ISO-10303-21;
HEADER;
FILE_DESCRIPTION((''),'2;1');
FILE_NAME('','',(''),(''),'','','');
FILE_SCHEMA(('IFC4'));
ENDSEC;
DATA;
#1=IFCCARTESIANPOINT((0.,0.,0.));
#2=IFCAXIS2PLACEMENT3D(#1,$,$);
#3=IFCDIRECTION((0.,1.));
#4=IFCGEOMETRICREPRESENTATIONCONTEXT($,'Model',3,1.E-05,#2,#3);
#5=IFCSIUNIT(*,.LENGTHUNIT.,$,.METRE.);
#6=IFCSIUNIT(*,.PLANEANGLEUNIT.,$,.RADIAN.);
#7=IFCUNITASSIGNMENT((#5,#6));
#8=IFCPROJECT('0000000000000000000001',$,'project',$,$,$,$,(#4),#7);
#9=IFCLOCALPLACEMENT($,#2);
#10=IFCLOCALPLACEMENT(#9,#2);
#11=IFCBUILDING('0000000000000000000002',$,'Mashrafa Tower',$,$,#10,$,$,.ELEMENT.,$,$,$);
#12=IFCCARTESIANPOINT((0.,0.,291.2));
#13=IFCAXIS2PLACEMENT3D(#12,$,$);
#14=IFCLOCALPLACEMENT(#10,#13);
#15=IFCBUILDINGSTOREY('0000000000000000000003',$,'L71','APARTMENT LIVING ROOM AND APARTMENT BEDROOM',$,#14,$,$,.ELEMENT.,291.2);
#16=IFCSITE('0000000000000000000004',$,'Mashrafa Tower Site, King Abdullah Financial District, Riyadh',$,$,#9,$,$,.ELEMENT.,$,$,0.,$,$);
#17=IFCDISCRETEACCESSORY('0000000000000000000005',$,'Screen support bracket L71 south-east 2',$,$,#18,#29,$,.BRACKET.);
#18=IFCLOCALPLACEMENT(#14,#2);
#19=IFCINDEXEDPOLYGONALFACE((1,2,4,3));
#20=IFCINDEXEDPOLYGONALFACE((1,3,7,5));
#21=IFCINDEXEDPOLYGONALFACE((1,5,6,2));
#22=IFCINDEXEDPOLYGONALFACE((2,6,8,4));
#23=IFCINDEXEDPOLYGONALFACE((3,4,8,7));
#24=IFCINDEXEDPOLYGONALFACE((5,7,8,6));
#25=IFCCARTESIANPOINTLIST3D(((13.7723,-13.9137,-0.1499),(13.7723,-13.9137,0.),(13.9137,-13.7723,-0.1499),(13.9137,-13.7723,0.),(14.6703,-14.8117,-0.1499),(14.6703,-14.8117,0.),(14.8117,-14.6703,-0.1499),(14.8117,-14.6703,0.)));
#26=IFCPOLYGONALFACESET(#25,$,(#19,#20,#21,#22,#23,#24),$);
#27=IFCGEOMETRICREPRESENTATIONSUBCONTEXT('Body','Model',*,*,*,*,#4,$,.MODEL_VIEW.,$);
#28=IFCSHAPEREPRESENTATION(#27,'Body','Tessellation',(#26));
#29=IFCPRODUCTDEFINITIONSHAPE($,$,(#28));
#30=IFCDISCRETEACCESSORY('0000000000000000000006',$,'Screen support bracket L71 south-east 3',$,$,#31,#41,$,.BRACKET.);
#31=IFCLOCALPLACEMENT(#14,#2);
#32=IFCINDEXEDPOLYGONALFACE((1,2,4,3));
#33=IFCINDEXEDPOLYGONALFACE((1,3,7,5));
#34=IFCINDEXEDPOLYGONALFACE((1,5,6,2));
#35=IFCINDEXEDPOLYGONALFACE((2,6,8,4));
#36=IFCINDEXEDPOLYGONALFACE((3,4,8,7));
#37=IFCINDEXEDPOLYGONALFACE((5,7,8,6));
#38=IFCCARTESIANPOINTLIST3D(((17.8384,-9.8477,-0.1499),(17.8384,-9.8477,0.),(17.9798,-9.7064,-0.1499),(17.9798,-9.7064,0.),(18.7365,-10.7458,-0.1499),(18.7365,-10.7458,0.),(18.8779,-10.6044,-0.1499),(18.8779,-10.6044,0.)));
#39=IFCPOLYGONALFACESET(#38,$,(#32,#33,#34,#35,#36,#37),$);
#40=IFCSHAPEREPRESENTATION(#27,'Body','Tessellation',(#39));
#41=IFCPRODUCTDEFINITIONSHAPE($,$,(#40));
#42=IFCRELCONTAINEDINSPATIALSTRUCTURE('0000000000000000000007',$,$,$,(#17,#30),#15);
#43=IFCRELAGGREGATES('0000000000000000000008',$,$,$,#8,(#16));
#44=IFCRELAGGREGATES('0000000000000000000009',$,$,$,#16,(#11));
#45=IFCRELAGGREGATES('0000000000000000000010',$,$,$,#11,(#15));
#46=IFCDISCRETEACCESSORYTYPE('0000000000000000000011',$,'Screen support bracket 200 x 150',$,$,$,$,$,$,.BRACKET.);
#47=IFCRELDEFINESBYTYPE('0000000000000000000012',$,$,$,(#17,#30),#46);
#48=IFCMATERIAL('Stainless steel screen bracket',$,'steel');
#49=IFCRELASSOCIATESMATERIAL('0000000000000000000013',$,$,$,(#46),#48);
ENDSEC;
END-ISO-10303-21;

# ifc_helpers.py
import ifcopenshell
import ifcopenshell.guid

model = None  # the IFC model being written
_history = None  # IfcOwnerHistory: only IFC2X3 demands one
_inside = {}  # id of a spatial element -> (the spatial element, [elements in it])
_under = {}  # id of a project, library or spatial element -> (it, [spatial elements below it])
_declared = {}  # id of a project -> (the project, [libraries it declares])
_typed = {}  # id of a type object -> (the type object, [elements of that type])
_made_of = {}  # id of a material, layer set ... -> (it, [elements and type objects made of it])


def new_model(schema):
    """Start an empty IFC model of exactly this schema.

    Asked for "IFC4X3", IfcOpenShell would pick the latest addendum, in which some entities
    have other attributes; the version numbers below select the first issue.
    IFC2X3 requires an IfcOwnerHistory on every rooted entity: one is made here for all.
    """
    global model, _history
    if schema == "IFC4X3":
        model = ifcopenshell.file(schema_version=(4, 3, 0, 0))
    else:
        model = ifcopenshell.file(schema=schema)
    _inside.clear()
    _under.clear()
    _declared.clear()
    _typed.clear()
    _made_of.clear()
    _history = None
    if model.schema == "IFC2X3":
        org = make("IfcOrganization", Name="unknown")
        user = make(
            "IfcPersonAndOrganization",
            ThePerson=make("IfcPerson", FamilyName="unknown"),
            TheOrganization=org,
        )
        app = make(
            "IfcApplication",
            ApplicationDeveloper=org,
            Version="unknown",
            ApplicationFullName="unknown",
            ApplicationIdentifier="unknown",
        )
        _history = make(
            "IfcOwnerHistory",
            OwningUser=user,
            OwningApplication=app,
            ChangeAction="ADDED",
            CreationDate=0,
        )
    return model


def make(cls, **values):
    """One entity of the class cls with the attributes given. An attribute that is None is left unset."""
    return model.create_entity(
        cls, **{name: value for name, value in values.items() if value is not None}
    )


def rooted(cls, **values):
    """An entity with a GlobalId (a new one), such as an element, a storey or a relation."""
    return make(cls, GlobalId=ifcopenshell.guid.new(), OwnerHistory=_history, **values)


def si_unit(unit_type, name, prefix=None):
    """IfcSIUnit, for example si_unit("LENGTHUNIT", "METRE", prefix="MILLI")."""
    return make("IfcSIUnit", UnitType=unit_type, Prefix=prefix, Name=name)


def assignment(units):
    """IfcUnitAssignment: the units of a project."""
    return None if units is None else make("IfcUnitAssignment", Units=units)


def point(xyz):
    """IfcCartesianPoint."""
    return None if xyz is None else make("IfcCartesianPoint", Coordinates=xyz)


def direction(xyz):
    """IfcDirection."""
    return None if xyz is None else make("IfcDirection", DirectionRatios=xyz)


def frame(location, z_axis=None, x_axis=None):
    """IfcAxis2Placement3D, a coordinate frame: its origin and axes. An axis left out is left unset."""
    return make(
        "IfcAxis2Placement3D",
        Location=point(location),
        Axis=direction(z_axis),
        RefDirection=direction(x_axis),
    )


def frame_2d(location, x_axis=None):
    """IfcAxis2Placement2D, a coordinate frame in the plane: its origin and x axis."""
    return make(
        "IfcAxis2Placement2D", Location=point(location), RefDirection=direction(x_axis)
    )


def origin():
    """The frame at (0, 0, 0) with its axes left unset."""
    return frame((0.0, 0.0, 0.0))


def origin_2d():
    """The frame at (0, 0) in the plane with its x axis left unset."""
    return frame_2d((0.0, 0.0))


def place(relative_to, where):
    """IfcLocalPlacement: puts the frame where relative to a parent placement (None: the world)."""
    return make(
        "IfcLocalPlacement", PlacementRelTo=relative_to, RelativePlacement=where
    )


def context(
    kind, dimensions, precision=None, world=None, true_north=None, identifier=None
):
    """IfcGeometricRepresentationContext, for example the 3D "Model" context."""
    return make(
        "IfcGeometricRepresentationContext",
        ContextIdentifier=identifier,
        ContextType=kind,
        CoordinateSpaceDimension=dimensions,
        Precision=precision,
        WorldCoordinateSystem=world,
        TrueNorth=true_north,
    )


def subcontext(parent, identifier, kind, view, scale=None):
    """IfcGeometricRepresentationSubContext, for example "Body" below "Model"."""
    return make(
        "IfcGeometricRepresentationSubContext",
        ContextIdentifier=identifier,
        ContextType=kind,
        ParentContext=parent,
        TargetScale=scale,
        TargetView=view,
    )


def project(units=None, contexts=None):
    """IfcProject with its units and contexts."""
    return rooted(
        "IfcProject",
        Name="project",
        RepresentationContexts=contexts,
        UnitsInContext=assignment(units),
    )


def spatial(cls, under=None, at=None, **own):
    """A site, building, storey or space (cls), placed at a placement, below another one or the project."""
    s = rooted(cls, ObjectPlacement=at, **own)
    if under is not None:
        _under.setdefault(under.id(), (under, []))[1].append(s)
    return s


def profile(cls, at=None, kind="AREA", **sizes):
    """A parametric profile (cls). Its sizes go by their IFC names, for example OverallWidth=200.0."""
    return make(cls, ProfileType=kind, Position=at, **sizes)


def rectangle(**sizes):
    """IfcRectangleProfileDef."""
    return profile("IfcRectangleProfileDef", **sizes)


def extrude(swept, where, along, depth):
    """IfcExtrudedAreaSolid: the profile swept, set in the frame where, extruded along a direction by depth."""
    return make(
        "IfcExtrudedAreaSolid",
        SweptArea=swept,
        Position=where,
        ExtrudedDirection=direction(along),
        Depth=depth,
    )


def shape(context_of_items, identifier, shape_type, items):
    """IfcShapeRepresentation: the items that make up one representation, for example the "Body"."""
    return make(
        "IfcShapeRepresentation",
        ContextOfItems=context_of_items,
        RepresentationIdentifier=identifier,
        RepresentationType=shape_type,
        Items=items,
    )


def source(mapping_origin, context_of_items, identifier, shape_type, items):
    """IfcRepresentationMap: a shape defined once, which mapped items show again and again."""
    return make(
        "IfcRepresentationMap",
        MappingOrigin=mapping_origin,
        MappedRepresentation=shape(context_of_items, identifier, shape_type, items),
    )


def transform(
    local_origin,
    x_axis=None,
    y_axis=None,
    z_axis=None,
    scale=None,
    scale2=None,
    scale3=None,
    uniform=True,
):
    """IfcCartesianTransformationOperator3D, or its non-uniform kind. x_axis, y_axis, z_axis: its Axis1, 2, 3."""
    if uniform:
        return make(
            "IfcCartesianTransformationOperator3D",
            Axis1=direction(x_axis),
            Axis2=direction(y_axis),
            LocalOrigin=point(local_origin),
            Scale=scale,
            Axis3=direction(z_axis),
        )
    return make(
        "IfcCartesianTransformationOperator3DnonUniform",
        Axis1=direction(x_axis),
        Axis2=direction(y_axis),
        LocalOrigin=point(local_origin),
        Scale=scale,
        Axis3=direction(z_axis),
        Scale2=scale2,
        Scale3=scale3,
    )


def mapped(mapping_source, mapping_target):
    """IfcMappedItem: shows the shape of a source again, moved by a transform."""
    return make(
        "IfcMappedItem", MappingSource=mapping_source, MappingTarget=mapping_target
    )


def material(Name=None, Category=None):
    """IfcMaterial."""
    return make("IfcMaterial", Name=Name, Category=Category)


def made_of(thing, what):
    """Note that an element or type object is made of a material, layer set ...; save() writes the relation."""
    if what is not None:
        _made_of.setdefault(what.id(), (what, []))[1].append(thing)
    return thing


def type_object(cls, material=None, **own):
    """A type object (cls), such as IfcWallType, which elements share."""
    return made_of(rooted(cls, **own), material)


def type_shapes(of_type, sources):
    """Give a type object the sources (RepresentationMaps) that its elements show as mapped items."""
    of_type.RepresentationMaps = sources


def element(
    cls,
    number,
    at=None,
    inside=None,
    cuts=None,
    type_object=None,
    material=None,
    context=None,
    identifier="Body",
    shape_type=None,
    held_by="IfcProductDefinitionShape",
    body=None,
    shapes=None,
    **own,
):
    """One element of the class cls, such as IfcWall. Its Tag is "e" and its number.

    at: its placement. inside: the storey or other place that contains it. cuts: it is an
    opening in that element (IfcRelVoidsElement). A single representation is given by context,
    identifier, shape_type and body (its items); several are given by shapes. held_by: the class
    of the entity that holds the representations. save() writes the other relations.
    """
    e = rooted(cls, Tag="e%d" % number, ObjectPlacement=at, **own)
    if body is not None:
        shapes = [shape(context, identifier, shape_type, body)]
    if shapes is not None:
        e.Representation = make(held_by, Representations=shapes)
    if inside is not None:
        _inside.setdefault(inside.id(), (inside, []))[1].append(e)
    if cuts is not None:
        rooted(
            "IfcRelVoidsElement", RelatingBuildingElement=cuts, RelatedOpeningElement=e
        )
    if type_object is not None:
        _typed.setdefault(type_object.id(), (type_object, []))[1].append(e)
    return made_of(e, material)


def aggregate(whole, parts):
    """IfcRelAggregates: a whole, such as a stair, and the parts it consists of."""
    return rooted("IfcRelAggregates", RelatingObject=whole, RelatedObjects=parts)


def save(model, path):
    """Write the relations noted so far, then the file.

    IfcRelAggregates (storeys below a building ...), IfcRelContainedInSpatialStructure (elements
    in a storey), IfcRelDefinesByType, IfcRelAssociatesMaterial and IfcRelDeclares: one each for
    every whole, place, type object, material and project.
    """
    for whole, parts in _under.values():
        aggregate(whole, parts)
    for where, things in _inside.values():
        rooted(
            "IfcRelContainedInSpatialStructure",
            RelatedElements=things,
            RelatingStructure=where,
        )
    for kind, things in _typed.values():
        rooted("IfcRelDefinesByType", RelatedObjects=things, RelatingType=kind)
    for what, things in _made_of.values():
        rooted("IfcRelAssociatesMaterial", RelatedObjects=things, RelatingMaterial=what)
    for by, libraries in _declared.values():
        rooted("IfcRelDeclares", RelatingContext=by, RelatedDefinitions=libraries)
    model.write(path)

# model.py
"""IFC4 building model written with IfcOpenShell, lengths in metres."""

from ifc_helpers import new_model, si_unit, direction, frame, origin, origin_2d, place, context, subcontext, project, spatial, rectangle, extrude, source, transform, mapped, material, type_object, type_shapes, element, save


model = new_model("IFC4")

# Units and contexts
model_context = context("Model", 3, precision=1e-05, world=origin(), true_north=direction((0.0, 1.0)))
body_context = subcontext(model_context, "Body", "Model", "MODEL_VIEW")
ifc_project = project(units=[si_unit("LENGTHUNIT", "METRE"), si_unit("PLANEANGLEUNIT", "RADIAN")], contexts=[model_context])

# Site, building, storey
site_placement = place(None, origin())
site = spatial("IfcSite", under=ifc_project, at=site_placement, Name="Mashrafa Tower Site, King Abdullah Financial District, Riyadh", CompositionType="ELEMENT", RefElevation=0.0)
building_placement = place(site_placement, origin())
building = spatial("IfcBuilding", under=site, at=building_placement, Name="Mashrafa Tower", CompositionType="ELEMENT")
storey_placement = place(building_placement, frame((0.0, 0.0, 291.2)))
storey = spatial("IfcBuildingStorey", under=building, at=storey_placement, Name="L71", Description="APARTMENT LIVING ROOM AND APARTMENT BEDROOM", CompositionType="ELEMENT", Elevation=291.2)

# Discrete accessories
ifc_material_1 = material(Name="Stainless steel screen bracket", Category="steel")
discrete_accessory_type = type_object("IfcDiscreteAccessoryType", Name="Screen support bracket 200 x 150", PredefinedType="BRACKET", material=ifc_material_1)
shared_shape_1 = source(origin(), body_context, "Body", "SweptSolid", [
    extrude(rectangle(XDim=0.2, YDim=1.27, at=origin_2d()), origin(), (0.0, 0.0, 1.0), 0.1499),
])
type_shapes(discrete_accessory_type, [shared_shape_1])
for number, where, z_axis, x_axis, name in (
    (1, (14.292, -14.292, -0.1499), (0.0, 0.0, 1.0), (0.707107, 0.707107, 0.0), "Screen support bracket L71 south-east 2"),
    (2, (18.3582, -10.2261, -0.1499), (0.0, 0.0, 1.0), (0.707107, 0.707107, 0.0), "Screen support bracket L71 south-east 3"),
):
    element("IfcDiscreteAccessory", number, at=place(storey_placement, frame(where, z_axis=z_axis, x_axis=x_axis)), inside=storey, type_object=discrete_accessory_type, Name=name, PredefinedType="BRACKET", context=body_context, shape_type="MappedRepresentation", body=[
        mapped(shared_shape_1, transform((0.0, 0.0, 0.0))),
    ])

save(model, "model.ifc")
